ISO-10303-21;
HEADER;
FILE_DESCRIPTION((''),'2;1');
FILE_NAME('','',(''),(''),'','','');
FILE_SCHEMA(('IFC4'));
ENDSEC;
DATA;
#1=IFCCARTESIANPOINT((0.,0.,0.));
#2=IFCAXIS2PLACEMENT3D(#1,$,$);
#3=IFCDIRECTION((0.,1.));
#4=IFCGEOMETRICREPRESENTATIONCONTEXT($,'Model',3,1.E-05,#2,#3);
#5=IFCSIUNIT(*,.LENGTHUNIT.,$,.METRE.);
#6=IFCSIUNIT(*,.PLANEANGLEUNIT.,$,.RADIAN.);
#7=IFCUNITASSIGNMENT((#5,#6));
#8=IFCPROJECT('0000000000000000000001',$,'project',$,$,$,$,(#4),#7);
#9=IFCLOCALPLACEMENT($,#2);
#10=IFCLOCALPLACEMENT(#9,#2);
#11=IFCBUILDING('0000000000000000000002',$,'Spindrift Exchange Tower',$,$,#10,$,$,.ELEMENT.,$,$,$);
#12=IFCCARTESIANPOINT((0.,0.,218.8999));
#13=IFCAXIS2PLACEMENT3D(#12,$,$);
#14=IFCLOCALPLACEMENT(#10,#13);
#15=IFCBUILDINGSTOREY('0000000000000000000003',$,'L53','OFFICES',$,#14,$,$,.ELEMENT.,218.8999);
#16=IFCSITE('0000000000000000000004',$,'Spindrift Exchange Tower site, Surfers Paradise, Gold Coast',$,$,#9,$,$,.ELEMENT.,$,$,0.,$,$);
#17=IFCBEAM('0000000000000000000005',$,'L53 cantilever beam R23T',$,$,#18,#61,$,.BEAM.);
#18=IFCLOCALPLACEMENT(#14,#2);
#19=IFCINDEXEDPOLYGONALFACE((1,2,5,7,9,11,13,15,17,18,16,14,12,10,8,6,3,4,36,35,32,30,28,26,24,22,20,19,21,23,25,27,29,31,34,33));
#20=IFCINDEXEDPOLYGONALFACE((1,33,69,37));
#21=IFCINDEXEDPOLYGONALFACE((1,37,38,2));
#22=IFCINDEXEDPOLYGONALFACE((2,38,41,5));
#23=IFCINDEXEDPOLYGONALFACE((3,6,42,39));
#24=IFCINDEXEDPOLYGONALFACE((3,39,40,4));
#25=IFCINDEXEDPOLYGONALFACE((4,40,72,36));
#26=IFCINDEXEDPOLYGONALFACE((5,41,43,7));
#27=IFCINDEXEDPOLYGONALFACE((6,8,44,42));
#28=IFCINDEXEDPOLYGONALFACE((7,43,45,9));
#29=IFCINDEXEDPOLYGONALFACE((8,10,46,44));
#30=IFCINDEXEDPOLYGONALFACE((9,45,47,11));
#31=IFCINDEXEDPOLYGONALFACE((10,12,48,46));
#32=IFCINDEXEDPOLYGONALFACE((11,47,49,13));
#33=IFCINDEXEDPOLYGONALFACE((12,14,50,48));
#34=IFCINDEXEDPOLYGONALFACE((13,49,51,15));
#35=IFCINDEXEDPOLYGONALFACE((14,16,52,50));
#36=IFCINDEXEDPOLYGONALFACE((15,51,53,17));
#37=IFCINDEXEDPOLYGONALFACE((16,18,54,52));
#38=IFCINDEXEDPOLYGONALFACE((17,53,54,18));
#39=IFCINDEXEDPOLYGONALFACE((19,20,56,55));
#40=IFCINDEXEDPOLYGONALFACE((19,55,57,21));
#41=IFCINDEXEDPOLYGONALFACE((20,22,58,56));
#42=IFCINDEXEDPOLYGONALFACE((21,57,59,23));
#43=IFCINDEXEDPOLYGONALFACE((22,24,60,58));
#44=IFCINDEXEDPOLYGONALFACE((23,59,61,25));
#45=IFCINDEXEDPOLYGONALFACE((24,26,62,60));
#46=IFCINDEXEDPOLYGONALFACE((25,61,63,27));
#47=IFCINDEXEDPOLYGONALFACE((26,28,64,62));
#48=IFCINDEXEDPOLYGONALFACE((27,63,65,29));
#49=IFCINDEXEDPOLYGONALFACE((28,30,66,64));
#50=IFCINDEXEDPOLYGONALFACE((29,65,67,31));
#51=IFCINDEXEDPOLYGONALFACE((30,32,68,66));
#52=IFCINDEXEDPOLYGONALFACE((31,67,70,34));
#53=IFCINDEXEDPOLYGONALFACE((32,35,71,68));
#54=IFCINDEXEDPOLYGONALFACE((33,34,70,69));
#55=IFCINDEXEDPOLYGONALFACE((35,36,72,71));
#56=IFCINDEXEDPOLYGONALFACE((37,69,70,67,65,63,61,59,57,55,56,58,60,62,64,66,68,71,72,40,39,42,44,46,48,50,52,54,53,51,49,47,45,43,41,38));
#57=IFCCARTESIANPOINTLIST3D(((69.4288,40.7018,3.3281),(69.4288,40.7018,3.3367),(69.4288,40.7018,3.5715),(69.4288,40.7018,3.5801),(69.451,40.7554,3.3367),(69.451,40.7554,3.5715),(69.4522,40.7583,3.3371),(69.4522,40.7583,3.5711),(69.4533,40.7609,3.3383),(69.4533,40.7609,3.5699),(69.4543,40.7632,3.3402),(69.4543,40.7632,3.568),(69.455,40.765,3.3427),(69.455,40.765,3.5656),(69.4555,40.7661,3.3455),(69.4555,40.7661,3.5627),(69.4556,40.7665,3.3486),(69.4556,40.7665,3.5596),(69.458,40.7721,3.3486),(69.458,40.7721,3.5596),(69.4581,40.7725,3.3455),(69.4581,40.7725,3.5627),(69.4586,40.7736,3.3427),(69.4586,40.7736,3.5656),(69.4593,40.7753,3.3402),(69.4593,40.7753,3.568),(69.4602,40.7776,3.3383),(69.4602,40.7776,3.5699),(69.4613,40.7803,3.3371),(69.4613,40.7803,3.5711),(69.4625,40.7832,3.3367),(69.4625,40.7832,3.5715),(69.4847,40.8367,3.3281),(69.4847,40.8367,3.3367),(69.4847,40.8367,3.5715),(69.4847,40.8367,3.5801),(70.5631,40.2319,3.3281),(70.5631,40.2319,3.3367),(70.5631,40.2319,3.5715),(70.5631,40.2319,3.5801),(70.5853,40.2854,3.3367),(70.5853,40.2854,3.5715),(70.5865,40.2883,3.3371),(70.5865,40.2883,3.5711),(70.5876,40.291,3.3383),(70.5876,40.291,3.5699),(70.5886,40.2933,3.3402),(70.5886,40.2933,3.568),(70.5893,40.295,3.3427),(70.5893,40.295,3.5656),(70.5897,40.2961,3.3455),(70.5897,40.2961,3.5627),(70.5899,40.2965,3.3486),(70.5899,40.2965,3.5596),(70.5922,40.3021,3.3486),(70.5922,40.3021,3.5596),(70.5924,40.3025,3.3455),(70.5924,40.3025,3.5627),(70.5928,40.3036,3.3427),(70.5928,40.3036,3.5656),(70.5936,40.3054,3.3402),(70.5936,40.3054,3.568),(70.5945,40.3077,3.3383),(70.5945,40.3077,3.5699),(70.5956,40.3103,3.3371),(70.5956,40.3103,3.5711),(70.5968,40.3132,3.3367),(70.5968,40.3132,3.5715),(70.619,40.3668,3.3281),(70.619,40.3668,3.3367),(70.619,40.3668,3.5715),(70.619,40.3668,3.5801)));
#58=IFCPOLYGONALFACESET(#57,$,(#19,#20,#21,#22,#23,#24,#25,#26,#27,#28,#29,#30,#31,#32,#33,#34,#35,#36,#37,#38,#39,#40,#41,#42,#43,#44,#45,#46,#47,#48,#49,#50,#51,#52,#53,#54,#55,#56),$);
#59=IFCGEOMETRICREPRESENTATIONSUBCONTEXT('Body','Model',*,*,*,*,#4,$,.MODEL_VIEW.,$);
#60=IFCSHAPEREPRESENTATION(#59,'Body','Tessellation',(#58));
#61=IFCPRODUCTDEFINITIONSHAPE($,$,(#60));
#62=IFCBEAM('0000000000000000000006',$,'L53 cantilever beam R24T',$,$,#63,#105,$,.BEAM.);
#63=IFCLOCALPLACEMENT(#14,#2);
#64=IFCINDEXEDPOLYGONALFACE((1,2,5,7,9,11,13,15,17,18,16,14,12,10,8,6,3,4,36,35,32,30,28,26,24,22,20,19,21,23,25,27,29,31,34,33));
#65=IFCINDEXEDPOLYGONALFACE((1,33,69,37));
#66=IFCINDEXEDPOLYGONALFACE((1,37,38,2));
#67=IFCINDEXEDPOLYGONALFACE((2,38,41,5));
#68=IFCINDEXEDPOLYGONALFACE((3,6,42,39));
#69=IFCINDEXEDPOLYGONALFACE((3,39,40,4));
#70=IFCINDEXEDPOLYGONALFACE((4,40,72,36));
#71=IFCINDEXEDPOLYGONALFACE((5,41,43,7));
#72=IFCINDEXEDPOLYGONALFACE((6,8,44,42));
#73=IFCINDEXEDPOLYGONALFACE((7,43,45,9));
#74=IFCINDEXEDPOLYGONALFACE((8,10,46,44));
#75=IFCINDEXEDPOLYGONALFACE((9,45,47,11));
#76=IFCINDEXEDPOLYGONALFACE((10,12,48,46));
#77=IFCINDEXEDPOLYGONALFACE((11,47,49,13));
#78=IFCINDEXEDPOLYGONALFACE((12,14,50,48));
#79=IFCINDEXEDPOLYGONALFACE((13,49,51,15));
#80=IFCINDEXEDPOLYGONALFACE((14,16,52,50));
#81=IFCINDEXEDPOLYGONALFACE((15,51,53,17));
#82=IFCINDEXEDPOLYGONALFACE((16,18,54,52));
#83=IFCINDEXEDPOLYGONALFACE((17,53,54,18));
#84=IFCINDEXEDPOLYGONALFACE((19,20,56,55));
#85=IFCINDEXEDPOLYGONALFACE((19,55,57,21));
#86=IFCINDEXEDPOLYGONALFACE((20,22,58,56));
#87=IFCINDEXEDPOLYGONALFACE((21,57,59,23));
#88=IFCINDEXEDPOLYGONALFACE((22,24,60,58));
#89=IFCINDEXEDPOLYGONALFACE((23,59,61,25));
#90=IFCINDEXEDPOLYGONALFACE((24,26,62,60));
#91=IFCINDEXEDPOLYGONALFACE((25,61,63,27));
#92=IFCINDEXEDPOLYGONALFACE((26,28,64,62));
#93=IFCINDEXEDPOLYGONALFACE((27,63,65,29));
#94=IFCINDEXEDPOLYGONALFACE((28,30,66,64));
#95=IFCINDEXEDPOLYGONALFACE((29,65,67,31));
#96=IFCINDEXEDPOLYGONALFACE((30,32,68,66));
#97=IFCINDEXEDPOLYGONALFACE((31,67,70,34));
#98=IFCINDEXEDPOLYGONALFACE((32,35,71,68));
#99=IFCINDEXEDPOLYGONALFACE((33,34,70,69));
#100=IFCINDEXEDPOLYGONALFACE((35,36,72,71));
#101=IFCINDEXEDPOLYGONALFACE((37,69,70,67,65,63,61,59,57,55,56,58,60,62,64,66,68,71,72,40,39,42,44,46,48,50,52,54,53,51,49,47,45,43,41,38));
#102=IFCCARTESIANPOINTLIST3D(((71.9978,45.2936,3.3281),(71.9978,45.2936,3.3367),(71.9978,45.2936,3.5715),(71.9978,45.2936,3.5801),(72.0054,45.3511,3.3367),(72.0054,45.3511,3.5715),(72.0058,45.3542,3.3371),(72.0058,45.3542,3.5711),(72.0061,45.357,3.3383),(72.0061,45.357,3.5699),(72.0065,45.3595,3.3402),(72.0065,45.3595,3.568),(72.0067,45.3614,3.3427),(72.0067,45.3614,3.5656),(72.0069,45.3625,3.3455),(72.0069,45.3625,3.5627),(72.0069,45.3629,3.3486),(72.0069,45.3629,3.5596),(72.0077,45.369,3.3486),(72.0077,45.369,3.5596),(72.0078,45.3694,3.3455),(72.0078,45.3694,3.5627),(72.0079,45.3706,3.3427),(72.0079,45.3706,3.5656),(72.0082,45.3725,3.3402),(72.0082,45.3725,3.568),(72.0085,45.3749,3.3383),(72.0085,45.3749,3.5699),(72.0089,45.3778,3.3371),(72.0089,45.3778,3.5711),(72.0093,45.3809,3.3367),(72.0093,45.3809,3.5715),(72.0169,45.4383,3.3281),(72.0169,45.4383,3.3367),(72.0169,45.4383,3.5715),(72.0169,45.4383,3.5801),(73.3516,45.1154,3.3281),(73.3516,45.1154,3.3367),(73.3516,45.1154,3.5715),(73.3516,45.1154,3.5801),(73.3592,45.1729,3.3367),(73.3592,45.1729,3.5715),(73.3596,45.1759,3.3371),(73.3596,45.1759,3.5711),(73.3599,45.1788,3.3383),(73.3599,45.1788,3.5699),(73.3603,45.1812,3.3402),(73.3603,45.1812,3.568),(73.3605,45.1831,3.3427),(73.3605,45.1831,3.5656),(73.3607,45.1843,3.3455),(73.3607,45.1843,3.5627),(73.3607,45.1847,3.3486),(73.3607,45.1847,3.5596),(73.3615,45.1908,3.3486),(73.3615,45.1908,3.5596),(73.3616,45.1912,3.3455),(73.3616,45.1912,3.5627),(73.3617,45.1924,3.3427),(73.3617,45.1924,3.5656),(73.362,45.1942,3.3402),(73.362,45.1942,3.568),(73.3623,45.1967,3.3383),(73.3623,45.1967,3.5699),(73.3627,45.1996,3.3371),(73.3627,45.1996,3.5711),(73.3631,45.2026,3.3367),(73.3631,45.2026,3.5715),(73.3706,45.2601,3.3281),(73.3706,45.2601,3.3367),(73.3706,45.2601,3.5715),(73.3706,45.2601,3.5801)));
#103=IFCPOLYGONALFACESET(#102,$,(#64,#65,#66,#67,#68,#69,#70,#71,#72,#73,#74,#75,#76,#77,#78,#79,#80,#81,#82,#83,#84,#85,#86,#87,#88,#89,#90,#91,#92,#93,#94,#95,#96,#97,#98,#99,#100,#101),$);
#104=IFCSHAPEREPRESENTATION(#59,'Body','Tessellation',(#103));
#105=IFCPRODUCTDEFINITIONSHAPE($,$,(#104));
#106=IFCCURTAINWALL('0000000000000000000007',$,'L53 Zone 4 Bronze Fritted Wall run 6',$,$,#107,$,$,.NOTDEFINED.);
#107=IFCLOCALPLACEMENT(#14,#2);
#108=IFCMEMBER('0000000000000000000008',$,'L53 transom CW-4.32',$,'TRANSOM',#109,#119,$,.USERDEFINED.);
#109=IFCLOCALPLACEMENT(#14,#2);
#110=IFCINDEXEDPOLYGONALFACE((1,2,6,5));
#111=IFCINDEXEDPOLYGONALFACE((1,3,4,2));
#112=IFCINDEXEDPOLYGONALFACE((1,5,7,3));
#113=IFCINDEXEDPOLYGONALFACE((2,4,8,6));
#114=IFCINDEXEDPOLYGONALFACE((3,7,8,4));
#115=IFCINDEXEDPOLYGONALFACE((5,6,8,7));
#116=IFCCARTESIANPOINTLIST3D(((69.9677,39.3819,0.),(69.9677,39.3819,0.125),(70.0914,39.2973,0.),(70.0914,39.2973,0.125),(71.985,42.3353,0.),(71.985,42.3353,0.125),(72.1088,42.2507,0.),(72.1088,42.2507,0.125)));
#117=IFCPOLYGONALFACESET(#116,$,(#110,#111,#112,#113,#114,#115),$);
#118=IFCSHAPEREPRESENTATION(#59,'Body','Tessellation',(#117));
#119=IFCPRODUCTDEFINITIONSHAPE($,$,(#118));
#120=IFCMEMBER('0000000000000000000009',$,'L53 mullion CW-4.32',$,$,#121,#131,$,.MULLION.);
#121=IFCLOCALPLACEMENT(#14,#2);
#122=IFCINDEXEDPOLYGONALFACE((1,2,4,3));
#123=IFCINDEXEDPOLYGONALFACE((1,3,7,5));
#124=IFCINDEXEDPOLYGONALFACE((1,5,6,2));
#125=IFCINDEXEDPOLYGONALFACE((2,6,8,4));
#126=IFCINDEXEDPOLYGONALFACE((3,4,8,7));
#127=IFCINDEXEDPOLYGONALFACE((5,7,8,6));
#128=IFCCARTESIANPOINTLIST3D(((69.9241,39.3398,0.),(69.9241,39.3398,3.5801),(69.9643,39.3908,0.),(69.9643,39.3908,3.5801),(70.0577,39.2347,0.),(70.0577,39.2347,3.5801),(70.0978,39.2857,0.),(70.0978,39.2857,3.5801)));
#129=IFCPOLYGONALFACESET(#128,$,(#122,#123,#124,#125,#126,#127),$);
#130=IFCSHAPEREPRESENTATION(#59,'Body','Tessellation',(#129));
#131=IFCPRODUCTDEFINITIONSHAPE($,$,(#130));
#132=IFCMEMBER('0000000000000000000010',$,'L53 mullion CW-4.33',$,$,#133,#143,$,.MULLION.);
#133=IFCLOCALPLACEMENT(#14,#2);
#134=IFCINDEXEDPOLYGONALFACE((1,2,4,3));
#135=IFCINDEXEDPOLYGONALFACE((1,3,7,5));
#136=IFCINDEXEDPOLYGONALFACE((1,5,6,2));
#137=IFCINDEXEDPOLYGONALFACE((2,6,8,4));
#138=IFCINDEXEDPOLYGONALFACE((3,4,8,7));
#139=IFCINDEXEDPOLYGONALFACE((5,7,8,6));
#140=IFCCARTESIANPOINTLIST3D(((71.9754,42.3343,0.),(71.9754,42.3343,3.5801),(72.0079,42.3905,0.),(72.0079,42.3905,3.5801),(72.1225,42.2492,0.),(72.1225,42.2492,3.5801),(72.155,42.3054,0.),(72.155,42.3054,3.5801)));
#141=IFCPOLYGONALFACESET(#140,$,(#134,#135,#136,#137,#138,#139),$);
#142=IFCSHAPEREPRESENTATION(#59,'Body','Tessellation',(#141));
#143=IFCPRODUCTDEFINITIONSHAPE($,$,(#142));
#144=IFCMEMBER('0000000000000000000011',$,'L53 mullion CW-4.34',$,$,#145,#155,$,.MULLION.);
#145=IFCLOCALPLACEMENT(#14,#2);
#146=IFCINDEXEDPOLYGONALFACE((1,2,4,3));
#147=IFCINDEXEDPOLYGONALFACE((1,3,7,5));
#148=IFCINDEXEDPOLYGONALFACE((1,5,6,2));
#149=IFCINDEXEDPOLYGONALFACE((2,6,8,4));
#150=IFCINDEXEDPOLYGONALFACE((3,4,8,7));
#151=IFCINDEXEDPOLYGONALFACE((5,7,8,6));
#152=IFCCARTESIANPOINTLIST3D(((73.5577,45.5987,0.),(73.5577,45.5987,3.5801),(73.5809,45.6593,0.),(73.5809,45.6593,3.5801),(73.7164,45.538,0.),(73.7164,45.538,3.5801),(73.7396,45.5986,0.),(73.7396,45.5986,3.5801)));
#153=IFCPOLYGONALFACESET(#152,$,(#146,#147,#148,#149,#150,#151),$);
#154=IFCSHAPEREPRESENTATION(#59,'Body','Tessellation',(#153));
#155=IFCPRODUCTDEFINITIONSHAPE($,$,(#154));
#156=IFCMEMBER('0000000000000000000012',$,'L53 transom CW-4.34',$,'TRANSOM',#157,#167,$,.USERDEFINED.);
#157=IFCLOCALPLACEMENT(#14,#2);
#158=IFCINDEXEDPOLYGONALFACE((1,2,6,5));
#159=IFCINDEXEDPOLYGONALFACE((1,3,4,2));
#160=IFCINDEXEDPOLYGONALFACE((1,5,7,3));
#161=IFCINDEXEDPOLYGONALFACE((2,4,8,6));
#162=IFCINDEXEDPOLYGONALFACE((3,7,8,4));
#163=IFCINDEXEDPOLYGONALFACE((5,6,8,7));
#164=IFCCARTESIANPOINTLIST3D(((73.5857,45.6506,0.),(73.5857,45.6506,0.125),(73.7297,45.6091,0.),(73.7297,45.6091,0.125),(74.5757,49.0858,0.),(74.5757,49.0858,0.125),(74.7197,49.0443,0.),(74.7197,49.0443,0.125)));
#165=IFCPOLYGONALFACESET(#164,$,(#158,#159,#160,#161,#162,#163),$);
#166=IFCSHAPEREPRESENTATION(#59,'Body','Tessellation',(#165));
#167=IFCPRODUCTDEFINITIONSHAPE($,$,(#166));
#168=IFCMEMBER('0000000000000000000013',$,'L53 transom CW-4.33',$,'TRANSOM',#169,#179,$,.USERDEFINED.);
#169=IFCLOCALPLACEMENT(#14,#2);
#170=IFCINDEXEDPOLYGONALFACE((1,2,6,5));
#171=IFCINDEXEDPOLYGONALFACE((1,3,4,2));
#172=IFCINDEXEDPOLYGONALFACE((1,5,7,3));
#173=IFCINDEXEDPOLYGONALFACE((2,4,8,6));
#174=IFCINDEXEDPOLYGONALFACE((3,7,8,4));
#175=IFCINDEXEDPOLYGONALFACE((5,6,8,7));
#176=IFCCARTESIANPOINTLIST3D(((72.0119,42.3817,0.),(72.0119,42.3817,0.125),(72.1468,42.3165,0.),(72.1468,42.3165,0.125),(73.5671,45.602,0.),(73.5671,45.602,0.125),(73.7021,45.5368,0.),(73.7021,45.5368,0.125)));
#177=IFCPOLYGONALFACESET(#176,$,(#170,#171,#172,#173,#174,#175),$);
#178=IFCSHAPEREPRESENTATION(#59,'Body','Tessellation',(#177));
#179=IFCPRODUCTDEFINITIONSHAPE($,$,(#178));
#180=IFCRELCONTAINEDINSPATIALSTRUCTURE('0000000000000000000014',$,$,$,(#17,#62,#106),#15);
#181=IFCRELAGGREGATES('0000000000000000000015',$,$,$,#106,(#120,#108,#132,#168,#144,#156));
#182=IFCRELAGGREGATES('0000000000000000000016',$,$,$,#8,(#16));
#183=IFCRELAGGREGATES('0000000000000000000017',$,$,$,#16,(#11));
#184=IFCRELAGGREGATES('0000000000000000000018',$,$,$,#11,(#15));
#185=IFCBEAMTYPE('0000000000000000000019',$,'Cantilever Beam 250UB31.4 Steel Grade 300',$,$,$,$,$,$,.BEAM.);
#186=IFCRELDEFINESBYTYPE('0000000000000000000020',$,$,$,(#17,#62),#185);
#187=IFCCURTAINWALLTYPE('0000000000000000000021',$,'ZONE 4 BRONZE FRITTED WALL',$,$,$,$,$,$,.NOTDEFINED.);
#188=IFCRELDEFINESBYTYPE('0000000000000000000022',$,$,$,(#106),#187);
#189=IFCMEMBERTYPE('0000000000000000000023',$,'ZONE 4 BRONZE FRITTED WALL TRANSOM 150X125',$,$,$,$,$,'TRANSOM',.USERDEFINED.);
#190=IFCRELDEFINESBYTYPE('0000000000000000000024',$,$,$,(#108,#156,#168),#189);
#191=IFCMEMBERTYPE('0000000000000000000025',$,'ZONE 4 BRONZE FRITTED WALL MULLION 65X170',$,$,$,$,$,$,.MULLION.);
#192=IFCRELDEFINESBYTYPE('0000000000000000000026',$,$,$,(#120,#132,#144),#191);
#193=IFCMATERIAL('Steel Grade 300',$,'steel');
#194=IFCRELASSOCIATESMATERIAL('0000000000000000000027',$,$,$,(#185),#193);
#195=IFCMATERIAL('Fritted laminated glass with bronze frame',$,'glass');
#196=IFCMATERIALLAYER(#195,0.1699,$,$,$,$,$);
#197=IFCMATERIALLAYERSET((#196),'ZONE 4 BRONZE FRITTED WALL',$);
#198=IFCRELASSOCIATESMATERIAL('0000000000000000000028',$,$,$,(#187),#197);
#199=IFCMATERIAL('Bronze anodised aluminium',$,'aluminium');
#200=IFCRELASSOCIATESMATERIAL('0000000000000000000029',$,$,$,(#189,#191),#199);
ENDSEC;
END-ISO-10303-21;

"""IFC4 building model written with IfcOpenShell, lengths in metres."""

from ifc_helpers import new_model, si_unit, direction, frame, origin, origin_2d, place, context, subcontext, project, spatial, rectangle, i_section, extrude, source, transform, mapped, material, layer, layer_set, material_profile, profile_set, type_object, element, aggregate, save


model = new_model("IFC4")

# Units and contexts
model_context = context("Model", 3, precision=1e-05, world=origin(), true_north=direction((0.0, 1.0)))
body_context = subcontext(model_context, "Body", "Model", "MODEL_VIEW")
ifc_project = project(units=[si_unit("LENGTHUNIT", "METRE"), si_unit("PLANEANGLEUNIT", "RADIAN")], contexts=[model_context])

# Site, building, storey
site_placement = place(None, origin())
site = spatial("IfcSite", under=ifc_project, at=site_placement, Name="Spindrift Exchange Tower site, Surfers Paradise, Gold Coast", CompositionType="ELEMENT", RefElevation=0.0)
building_placement = place(site_placement, origin())
building = spatial("IfcBuilding", under=site, at=building_placement, Name="Spindrift Exchange Tower", CompositionType="ELEMENT")
storey_placement = place(building_placement, frame((0.0, 0.0, 218.8999)))
storey = spatial("IfcBuildingStorey", under=building, at=storey_placement, Name="L53", Description="OFFICES", CompositionType="ELEMENT", Elevation=218.8999)

# Beams
ifc_material_1 = material(Name="Steel Grade 300", Category="steel")
ifc_material_profile_1 = material_profile(ifc_material_1, i_section(OverallWidth=0.146, OverallDepth=0.252, WebThickness=0.0061, FlangeThickness=0.0085, FilletRadius=0.012, at=origin_2d()), Name="250UB31.4")
ifc_profile_set_1 = profile_set([ifc_material_profile_1], Name="Steel Grade 300")
beam_type_1 = type_object("IfcBeamType", Name="Cantilever Beam 250UB31.4 Steel Grade 300", PredefinedType="BEAM", material=ifc_profile_set_1)
shared_shape_1 = source(origin(), body_context, "Body", "SweptSolid", [
    extrude(i_section(OverallWidth=0.146, OverallDepth=0.252, WebThickness=0.0061, FlangeThickness=0.0085, FilletRadius=0.012, at=origin_2d()), origin(), (0.0, 0.0, 1.0), 1.2278),
])
beam_1_placement = place(storey_placement, frame((69.4568, 40.7693, 3.4541), z_axis=(0.92384, -0.382779, 0.0), x_axis=(0.382779, 0.92384, 0.0)))
element("IfcBeam", 1, at=beam_1_placement, inside=storey, type_object=beam_type_1, Name="L53 cantilever beam R23T", PredefinedType="BEAM", context=body_context, shape_type="MappedRepresentation", body=[
    mapped(shared_shape_1, transform((0.0, 0.0, 0.0), scale=1.0)),
])
shared_shape_2 = source(origin(), body_context, "Body", "SweptSolid", [
    extrude(i_section(OverallWidth=0.146, OverallDepth=0.252, WebThickness=0.0061, FlangeThickness=0.0085, FilletRadius=0.012, at=origin_2d()), origin(), (0.0, 0.0, 1.0), 1.3655),
])
beam_2_placement = place(storey_placement, frame((72.0073, 45.366, 3.4541), z_axis=(0.991445, -0.130524, 0.0), x_axis=(0.130524, 0.991445, 0.0)))
element("IfcBeam", 2, at=beam_2_placement, inside=storey, type_object=beam_type_1, Name="L53 cantilever beam R24T", PredefinedType="BEAM", context=body_context, shape_type="MappedRepresentation", body=[
    mapped(shared_shape_2, transform((0.0, 0.0, 0.0), scale=1.0)),
])

# Curtain wall, members
ifc_material_2 = material(Name="Fritted laminated glass with bronze frame", Category="glass")
ifc_layer_1 = layer(ifc_material_2, 0.1699)
ifc_layer_set_1 = layer_set([ifc_layer_1], Name="ZONE 4 BRONZE FRITTED WALL")
curtain_wall_type = type_object("IfcCurtainWallType", Name="ZONE 4 BRONZE FRITTED WALL", PredefinedType="NOTDEFINED", material=ifc_layer_set_1)
curtain_wall_placement = place(storey_placement, origin())
curtain_wall = element("IfcCurtainWall", 3, at=curtain_wall_placement, inside=storey, type_object=curtain_wall_type, Name="L53 Zone 4 Bronze Fritted Wall run 6", PredefinedType="NOTDEFINED")
ifc_material_3 = material(Name="Bronze anodised aluminium", Category="aluminium")
ifc_material_profile_2 = material_profile(ifc_material_3, rectangle(XDim=0.1499, YDim=0.125, at=origin_2d()), Name="ZONE 4 BRONZE FRITTED WALL TRANSOM 150X125")
ifc_profile_set_2 = profile_set([ifc_material_profile_2], Name="Bronze anodised aluminium")
member_type_1 = type_object("IfcMemberType", Name="ZONE 4 BRONZE FRITTED WALL TRANSOM 150X125", ElementType="TRANSOM", PredefinedType="USERDEFINED", material=ifc_profile_set_2)
shared_shape_3 = source(origin(), body_context, "Body", "SweptSolid", [
    extrude(rectangle(XDim=0.1499, YDim=0.125, at=origin_2d()), origin(), (0.0, 0.0, 1.0), 3.5767),
])
member_1_placement = place(storey_placement, frame((70.0295, 39.3396, 0.0625), z_axis=(0.564038, 0.825749, 0.0), x_axis=(-0.825749, 0.564038, 0.0)))
member_1 = element("IfcMember", 4, at=member_1_placement, type_object=member_type_1, Name="L53 transom CW-4.32", ObjectType="TRANSOM", PredefinedType="USERDEFINED", context=body_context, shape_type="MappedRepresentation", body=[
    mapped(shared_shape_3, transform((0.0, 0.0, 0.0), scale=1.0)),
])
ifc_material_profile_3 = material_profile(ifc_material_3, rectangle(XDim=0.0649, YDim=0.1699, at=origin_2d()), Name="ZONE 4 BRONZE FRITTED WALL MULLION 65X170")
ifc_profile_set_3 = profile_set([ifc_material_profile_3], Name="Bronze anodised aluminium")
member_type_2 = type_object("IfcMemberType", Name="ZONE 4 BRONZE FRITTED WALL MULLION 65X170", PredefinedType="MULLION", material=ifc_profile_set_3)
shared_shape_4 = source(origin(), body_context, "Body", "SweptSolid", [
    extrude(rectangle(XDim=0.0649, YDim=0.1699, at=origin_2d()), origin(), (0.0, 0.0, 1.0), 3.5801),
])
member_2_placement = place(storey_placement, frame((70.011, 39.3127, 0.0), z_axis=(0.0, 0.0, 1.0), x_axis=(0.61837, 0.785887, 0.0)))
member_2 = element("IfcMember", 5, at=member_2_placement, type_object=member_type_2, Name="L53 mullion CW-4.32", PredefinedType="MULLION", context=body_context, shape_type="MappedRepresentation", body=[
    mapped(shared_shape_4, transform((0.0, 0.0, 0.0), scale=1.0)),
])
member_3_placement = place(storey_placement, frame((72.0652, 42.3198, 0.0), z_axis=(0.0, 0.0, 1.0), x_axis=(0.500848, 0.865535, 0.0)))
member_3 = element("IfcMember", 6, at=member_3_placement, type_object=member_type_2, Name="L53 mullion CW-4.33", PredefinedType="MULLION", context=body_context, shape_type="MappedRepresentation", body=[
    mapped(shared_shape_4, transform((0.0, 0.0, 0.0), scale=1.0)),
])
member_4_placement = place(storey_placement, frame((73.6487, 45.5986, 0.0), z_axis=(0.0, 0.0, 1.0), x_axis=(0.357204, 0.934026, 0.0)))
member_4 = element("IfcMember", 7, at=member_4_placement, type_object=member_type_2, Name="L53 mullion CW-4.34", PredefinedType="MULLION", context=body_context, shape_type="MappedRepresentation", body=[
    mapped(shared_shape_4, transform((0.0, 0.0, 0.0), scale=1.0)),
])
shared_shape_5 = source(origin(), body_context, "Body", "SweptSolid", [
    extrude(rectangle(XDim=0.1499, YDim=0.125, at=origin_2d()), origin(), (0.0, 0.0, 1.0), 3.575),
])
member_5_placement = place(storey_placement, frame((73.6577, 45.6299, 0.0625), z_axis=(0.27693, 0.96089, 0.0), x_axis=(-0.96089, 0.27693, 0.0)))
member_5 = element("IfcMember", 8, at=member_5_placement, type_object=member_type_1, Name="L53 transom CW-4.34", ObjectType="TRANSOM", PredefinedType="USERDEFINED", context=body_context, shape_type="MappedRepresentation", body=[
    mapped(shared_shape_5, transform((0.0, 0.0, 0.0), scale=1.0)),
])
shared_shape_6 = source(origin(), body_context, "Body", "SweptSolid", [
    extrude(rectangle(XDim=0.1499, YDim=0.125, at=origin_2d()), origin(), (0.0, 0.0, 1.0), 3.5762),
])
member_6_placement = place(storey_placement, frame((72.0793, 42.3491, 0.0625), z_axis=(0.434883, 0.900487, 0.0), x_axis=(-0.900487, 0.434883, 0.0)))
member_6 = element("IfcMember", 9, at=member_6_placement, type_object=member_type_1, Name="L53 transom CW-4.33", ObjectType="TRANSOM", PredefinedType="USERDEFINED", context=body_context, shape_type="MappedRepresentation", body=[
    mapped(shared_shape_6, transform((0.0, 0.0, 0.0), scale=1.0)),
])
aggregate(curtain_wall, [member_2, member_1, member_3, member_6, member_4, member_5])

save(model, "model.ifc")
